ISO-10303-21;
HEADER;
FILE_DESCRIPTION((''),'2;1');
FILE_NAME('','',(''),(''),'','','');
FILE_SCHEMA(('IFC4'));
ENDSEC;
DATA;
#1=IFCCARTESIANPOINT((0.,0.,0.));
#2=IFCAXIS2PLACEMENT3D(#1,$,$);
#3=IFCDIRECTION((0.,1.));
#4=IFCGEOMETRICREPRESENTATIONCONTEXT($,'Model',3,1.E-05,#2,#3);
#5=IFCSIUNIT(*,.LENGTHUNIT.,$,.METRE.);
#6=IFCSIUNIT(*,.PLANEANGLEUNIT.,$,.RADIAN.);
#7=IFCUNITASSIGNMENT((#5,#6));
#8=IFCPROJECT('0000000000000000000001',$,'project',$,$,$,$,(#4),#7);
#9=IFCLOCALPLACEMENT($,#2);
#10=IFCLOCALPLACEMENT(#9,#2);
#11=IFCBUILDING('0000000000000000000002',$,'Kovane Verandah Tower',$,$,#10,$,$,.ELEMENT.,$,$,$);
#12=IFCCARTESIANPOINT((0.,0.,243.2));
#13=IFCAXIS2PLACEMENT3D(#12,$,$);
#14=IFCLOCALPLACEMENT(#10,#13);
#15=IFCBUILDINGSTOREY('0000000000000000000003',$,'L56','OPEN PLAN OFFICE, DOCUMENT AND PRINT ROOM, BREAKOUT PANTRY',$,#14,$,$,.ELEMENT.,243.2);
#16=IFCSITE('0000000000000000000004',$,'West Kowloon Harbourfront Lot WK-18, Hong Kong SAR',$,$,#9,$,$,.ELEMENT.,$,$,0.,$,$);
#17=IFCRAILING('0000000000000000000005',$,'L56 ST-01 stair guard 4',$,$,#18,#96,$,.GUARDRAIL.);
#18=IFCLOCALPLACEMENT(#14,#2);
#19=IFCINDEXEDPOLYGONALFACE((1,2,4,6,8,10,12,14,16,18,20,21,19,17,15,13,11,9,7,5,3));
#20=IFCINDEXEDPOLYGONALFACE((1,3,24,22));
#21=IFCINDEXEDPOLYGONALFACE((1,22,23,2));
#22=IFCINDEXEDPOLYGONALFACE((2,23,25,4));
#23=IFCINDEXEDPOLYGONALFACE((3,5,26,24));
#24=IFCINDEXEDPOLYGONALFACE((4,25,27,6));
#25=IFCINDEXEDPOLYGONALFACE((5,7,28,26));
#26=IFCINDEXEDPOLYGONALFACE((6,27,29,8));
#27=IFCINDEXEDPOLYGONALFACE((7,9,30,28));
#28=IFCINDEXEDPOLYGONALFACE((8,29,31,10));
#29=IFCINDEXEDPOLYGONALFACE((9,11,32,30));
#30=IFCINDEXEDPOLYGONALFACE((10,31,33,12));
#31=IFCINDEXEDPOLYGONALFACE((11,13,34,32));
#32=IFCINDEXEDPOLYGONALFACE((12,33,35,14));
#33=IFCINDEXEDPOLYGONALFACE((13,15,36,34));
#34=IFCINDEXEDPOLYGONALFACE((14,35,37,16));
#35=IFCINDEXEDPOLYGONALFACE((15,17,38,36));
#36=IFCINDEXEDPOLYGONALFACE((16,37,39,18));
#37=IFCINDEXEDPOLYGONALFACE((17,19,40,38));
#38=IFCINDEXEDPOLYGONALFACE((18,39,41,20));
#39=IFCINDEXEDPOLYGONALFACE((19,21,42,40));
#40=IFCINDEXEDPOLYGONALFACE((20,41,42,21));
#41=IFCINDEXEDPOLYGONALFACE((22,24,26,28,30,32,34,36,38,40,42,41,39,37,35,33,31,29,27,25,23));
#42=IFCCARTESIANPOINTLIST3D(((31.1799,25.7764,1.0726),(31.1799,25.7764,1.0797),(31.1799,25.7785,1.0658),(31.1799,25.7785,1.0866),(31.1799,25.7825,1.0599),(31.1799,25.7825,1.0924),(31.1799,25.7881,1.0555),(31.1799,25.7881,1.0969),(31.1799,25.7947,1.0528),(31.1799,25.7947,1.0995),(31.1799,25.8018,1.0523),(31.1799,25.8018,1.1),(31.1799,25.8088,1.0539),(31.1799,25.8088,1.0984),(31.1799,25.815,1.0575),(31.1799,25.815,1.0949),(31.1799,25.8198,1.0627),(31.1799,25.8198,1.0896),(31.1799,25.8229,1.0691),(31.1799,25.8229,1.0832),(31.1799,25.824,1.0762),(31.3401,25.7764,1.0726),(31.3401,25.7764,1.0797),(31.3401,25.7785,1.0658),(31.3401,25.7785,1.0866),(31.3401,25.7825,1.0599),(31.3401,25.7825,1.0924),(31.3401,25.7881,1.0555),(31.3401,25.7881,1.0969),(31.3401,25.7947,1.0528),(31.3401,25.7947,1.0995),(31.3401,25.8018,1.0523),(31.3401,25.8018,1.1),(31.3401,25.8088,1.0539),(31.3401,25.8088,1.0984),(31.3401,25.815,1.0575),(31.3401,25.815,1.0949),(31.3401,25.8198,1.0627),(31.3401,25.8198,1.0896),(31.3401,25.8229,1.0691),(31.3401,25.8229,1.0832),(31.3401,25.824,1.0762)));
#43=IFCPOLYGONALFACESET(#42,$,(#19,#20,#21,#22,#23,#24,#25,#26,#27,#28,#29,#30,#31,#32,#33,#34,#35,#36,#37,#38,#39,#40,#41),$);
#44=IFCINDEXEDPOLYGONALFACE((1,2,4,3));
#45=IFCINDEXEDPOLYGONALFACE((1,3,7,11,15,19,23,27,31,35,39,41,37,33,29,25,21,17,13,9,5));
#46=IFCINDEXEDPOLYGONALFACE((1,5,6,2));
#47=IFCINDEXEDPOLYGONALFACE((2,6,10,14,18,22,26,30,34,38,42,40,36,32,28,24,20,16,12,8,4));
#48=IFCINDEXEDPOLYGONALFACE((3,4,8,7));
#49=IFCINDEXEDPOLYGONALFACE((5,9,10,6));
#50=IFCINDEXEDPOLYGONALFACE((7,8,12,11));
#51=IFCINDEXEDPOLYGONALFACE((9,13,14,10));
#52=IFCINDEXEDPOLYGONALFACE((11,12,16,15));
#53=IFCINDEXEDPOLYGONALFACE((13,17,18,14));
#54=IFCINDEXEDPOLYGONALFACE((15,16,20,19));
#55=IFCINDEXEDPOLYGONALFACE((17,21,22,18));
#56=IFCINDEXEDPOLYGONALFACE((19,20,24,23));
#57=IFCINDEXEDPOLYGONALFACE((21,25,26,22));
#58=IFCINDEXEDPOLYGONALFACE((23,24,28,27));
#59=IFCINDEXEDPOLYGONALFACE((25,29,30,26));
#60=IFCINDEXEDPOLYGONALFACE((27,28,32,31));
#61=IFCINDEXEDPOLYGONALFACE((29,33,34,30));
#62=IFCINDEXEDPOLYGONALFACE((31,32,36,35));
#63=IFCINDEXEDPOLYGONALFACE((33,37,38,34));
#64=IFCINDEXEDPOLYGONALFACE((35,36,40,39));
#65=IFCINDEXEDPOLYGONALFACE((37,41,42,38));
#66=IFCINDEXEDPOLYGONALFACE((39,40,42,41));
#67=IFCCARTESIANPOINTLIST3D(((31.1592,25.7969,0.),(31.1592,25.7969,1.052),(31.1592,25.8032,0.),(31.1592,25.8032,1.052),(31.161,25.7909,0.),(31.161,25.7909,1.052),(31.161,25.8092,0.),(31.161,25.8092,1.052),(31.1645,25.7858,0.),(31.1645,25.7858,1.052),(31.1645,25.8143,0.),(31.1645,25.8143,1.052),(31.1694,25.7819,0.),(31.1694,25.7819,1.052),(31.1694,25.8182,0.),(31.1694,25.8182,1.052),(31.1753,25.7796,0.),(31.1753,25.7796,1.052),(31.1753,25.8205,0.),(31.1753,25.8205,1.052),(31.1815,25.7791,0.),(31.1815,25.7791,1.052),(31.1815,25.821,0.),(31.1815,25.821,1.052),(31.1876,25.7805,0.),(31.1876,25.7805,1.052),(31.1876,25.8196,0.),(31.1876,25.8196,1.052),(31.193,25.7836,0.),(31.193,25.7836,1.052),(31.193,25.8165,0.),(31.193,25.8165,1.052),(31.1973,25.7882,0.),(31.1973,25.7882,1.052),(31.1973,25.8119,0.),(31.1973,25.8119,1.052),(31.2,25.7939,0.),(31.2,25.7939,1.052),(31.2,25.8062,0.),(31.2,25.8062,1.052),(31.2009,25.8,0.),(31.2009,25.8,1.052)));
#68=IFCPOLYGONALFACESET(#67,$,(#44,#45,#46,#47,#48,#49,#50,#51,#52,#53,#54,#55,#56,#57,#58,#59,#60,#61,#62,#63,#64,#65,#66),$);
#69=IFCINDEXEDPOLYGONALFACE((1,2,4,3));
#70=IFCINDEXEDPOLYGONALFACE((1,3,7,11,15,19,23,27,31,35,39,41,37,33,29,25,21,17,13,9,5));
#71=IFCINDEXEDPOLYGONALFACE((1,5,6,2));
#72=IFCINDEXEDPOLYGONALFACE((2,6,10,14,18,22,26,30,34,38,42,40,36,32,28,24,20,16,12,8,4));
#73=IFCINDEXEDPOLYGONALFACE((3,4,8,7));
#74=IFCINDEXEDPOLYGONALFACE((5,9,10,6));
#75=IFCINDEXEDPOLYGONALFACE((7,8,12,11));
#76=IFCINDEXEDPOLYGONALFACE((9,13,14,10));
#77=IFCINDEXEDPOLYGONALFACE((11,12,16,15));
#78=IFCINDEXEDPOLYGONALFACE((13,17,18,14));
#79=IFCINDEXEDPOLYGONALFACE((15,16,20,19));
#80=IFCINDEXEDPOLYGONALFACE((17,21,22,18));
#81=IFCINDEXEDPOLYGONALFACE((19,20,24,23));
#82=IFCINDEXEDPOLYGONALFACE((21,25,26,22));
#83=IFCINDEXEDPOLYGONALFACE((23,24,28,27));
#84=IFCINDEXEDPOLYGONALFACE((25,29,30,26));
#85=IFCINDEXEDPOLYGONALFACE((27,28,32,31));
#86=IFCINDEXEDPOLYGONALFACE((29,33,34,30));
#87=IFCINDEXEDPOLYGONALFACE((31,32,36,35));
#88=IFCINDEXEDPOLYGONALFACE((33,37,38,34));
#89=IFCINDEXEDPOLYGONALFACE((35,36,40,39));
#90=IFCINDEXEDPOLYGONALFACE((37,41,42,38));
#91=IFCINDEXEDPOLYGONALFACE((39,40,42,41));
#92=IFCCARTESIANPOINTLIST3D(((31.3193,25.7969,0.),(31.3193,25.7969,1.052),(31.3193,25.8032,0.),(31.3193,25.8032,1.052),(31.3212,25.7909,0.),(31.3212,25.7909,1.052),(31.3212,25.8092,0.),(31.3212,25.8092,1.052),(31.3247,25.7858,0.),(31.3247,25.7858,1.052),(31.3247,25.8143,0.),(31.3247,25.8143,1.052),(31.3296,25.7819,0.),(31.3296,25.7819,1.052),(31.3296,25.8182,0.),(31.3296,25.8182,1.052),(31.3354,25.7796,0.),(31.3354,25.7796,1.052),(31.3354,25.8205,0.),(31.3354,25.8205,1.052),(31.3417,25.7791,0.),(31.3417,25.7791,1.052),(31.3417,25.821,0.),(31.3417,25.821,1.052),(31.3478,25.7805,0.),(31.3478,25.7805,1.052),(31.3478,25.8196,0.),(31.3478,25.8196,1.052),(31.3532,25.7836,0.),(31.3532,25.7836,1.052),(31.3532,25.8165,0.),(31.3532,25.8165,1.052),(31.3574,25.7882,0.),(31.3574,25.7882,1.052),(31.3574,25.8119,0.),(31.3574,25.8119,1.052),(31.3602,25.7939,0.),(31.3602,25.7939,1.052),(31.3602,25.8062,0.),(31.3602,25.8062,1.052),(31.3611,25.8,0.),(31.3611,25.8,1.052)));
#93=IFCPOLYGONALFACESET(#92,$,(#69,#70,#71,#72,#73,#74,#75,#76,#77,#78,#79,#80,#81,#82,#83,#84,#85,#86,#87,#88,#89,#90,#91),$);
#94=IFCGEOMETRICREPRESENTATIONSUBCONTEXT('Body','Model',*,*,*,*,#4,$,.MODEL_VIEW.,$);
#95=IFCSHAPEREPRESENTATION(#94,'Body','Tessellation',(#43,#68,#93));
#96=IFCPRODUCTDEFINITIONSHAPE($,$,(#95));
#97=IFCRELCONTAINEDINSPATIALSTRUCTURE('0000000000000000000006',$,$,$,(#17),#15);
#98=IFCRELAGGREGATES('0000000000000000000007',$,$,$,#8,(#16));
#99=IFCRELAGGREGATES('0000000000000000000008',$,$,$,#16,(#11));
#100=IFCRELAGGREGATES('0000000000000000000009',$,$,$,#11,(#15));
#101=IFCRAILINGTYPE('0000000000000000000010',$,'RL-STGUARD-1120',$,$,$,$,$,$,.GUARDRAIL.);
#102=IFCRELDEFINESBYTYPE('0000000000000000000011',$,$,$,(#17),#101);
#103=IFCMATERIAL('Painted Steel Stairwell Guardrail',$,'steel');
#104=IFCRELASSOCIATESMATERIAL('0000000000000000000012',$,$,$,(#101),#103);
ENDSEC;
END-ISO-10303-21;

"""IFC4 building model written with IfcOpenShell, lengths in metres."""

from ifc_helpers import new_model, si_unit, direction, frame, origin, origin_2d, place, context, subcontext, project, spatial, circle, extrude, material, type_object, element, save


model = new_model("IFC4")

# Units and contexts
model_context = context("Model", 3, precision=1e-05, world=origin(), true_north=direction((0.0, 1.0)))
body_context = subcontext(model_context, "Body", "Model", "MODEL_VIEW")
ifc_project = project(units=[si_unit("LENGTHUNIT", "METRE"), si_unit("PLANEANGLEUNIT", "RADIAN")], contexts=[model_context])

# Site, building, storey
site_placement = place(None, origin())
site = spatial("IfcSite", under=ifc_project, at=site_placement, Name="West Kowloon Harbourfront Lot WK-18, Hong Kong SAR", CompositionType="ELEMENT", RefElevation=0.0)
building_placement = place(site_placement, origin())
building = spatial("IfcBuilding", under=site, at=building_placement, Name="Kovane Verandah Tower", CompositionType="ELEMENT")
storey_placement = place(building_placement, frame((0.0, 0.0, 243.2)))
storey = spatial("IfcBuildingStorey", under=building, at=storey_placement, Name="L56", Description="OPEN PLAN OFFICE, DOCUMENT AND PRINT ROOM, BREAKOUT PANTRY", CompositionType="ELEMENT", Elevation=243.2)

# Railing
ifc_material_1 = material(Name="Painted Steel Stairwell Guardrail", Category="steel")
railing_type_1 = type_object("IfcRailingType", Name="RL-STGUARD-1120", PredefinedType="GUARDRAIL", material=ifc_material_1)
railing_1_placement = place(storey_placement, frame((31.1799, 25.8, 0.0)))
element("IfcRailing", 1, at=railing_1_placement, inside=storey, type_object=railing_type_1, Name="L56 ST-01 stair guard 4", PredefinedType="GUARDRAIL", context=body_context, shape_type="SweptSolid", body=[
    extrude(circle(Radius=0.0239, at=origin_2d()), frame((0.0, 0.0, 1.0762), z_axis=(1.0, 0.0, 0.0), x_axis=(0.0, 1.0, 0.0)), (0.0, 0.0, 1.0), 0.1602),
    extrude(circle(Radius=0.021, at=origin_2d()), origin(), (0.0, 0.0, 1.0), 1.052),
    extrude(circle(Radius=0.021, at=origin_2d()), frame((0.1602, 0.0, 0.0)), (0.0, 0.0, 1.0), 1.052),
])

save(model, "model.ifc")
